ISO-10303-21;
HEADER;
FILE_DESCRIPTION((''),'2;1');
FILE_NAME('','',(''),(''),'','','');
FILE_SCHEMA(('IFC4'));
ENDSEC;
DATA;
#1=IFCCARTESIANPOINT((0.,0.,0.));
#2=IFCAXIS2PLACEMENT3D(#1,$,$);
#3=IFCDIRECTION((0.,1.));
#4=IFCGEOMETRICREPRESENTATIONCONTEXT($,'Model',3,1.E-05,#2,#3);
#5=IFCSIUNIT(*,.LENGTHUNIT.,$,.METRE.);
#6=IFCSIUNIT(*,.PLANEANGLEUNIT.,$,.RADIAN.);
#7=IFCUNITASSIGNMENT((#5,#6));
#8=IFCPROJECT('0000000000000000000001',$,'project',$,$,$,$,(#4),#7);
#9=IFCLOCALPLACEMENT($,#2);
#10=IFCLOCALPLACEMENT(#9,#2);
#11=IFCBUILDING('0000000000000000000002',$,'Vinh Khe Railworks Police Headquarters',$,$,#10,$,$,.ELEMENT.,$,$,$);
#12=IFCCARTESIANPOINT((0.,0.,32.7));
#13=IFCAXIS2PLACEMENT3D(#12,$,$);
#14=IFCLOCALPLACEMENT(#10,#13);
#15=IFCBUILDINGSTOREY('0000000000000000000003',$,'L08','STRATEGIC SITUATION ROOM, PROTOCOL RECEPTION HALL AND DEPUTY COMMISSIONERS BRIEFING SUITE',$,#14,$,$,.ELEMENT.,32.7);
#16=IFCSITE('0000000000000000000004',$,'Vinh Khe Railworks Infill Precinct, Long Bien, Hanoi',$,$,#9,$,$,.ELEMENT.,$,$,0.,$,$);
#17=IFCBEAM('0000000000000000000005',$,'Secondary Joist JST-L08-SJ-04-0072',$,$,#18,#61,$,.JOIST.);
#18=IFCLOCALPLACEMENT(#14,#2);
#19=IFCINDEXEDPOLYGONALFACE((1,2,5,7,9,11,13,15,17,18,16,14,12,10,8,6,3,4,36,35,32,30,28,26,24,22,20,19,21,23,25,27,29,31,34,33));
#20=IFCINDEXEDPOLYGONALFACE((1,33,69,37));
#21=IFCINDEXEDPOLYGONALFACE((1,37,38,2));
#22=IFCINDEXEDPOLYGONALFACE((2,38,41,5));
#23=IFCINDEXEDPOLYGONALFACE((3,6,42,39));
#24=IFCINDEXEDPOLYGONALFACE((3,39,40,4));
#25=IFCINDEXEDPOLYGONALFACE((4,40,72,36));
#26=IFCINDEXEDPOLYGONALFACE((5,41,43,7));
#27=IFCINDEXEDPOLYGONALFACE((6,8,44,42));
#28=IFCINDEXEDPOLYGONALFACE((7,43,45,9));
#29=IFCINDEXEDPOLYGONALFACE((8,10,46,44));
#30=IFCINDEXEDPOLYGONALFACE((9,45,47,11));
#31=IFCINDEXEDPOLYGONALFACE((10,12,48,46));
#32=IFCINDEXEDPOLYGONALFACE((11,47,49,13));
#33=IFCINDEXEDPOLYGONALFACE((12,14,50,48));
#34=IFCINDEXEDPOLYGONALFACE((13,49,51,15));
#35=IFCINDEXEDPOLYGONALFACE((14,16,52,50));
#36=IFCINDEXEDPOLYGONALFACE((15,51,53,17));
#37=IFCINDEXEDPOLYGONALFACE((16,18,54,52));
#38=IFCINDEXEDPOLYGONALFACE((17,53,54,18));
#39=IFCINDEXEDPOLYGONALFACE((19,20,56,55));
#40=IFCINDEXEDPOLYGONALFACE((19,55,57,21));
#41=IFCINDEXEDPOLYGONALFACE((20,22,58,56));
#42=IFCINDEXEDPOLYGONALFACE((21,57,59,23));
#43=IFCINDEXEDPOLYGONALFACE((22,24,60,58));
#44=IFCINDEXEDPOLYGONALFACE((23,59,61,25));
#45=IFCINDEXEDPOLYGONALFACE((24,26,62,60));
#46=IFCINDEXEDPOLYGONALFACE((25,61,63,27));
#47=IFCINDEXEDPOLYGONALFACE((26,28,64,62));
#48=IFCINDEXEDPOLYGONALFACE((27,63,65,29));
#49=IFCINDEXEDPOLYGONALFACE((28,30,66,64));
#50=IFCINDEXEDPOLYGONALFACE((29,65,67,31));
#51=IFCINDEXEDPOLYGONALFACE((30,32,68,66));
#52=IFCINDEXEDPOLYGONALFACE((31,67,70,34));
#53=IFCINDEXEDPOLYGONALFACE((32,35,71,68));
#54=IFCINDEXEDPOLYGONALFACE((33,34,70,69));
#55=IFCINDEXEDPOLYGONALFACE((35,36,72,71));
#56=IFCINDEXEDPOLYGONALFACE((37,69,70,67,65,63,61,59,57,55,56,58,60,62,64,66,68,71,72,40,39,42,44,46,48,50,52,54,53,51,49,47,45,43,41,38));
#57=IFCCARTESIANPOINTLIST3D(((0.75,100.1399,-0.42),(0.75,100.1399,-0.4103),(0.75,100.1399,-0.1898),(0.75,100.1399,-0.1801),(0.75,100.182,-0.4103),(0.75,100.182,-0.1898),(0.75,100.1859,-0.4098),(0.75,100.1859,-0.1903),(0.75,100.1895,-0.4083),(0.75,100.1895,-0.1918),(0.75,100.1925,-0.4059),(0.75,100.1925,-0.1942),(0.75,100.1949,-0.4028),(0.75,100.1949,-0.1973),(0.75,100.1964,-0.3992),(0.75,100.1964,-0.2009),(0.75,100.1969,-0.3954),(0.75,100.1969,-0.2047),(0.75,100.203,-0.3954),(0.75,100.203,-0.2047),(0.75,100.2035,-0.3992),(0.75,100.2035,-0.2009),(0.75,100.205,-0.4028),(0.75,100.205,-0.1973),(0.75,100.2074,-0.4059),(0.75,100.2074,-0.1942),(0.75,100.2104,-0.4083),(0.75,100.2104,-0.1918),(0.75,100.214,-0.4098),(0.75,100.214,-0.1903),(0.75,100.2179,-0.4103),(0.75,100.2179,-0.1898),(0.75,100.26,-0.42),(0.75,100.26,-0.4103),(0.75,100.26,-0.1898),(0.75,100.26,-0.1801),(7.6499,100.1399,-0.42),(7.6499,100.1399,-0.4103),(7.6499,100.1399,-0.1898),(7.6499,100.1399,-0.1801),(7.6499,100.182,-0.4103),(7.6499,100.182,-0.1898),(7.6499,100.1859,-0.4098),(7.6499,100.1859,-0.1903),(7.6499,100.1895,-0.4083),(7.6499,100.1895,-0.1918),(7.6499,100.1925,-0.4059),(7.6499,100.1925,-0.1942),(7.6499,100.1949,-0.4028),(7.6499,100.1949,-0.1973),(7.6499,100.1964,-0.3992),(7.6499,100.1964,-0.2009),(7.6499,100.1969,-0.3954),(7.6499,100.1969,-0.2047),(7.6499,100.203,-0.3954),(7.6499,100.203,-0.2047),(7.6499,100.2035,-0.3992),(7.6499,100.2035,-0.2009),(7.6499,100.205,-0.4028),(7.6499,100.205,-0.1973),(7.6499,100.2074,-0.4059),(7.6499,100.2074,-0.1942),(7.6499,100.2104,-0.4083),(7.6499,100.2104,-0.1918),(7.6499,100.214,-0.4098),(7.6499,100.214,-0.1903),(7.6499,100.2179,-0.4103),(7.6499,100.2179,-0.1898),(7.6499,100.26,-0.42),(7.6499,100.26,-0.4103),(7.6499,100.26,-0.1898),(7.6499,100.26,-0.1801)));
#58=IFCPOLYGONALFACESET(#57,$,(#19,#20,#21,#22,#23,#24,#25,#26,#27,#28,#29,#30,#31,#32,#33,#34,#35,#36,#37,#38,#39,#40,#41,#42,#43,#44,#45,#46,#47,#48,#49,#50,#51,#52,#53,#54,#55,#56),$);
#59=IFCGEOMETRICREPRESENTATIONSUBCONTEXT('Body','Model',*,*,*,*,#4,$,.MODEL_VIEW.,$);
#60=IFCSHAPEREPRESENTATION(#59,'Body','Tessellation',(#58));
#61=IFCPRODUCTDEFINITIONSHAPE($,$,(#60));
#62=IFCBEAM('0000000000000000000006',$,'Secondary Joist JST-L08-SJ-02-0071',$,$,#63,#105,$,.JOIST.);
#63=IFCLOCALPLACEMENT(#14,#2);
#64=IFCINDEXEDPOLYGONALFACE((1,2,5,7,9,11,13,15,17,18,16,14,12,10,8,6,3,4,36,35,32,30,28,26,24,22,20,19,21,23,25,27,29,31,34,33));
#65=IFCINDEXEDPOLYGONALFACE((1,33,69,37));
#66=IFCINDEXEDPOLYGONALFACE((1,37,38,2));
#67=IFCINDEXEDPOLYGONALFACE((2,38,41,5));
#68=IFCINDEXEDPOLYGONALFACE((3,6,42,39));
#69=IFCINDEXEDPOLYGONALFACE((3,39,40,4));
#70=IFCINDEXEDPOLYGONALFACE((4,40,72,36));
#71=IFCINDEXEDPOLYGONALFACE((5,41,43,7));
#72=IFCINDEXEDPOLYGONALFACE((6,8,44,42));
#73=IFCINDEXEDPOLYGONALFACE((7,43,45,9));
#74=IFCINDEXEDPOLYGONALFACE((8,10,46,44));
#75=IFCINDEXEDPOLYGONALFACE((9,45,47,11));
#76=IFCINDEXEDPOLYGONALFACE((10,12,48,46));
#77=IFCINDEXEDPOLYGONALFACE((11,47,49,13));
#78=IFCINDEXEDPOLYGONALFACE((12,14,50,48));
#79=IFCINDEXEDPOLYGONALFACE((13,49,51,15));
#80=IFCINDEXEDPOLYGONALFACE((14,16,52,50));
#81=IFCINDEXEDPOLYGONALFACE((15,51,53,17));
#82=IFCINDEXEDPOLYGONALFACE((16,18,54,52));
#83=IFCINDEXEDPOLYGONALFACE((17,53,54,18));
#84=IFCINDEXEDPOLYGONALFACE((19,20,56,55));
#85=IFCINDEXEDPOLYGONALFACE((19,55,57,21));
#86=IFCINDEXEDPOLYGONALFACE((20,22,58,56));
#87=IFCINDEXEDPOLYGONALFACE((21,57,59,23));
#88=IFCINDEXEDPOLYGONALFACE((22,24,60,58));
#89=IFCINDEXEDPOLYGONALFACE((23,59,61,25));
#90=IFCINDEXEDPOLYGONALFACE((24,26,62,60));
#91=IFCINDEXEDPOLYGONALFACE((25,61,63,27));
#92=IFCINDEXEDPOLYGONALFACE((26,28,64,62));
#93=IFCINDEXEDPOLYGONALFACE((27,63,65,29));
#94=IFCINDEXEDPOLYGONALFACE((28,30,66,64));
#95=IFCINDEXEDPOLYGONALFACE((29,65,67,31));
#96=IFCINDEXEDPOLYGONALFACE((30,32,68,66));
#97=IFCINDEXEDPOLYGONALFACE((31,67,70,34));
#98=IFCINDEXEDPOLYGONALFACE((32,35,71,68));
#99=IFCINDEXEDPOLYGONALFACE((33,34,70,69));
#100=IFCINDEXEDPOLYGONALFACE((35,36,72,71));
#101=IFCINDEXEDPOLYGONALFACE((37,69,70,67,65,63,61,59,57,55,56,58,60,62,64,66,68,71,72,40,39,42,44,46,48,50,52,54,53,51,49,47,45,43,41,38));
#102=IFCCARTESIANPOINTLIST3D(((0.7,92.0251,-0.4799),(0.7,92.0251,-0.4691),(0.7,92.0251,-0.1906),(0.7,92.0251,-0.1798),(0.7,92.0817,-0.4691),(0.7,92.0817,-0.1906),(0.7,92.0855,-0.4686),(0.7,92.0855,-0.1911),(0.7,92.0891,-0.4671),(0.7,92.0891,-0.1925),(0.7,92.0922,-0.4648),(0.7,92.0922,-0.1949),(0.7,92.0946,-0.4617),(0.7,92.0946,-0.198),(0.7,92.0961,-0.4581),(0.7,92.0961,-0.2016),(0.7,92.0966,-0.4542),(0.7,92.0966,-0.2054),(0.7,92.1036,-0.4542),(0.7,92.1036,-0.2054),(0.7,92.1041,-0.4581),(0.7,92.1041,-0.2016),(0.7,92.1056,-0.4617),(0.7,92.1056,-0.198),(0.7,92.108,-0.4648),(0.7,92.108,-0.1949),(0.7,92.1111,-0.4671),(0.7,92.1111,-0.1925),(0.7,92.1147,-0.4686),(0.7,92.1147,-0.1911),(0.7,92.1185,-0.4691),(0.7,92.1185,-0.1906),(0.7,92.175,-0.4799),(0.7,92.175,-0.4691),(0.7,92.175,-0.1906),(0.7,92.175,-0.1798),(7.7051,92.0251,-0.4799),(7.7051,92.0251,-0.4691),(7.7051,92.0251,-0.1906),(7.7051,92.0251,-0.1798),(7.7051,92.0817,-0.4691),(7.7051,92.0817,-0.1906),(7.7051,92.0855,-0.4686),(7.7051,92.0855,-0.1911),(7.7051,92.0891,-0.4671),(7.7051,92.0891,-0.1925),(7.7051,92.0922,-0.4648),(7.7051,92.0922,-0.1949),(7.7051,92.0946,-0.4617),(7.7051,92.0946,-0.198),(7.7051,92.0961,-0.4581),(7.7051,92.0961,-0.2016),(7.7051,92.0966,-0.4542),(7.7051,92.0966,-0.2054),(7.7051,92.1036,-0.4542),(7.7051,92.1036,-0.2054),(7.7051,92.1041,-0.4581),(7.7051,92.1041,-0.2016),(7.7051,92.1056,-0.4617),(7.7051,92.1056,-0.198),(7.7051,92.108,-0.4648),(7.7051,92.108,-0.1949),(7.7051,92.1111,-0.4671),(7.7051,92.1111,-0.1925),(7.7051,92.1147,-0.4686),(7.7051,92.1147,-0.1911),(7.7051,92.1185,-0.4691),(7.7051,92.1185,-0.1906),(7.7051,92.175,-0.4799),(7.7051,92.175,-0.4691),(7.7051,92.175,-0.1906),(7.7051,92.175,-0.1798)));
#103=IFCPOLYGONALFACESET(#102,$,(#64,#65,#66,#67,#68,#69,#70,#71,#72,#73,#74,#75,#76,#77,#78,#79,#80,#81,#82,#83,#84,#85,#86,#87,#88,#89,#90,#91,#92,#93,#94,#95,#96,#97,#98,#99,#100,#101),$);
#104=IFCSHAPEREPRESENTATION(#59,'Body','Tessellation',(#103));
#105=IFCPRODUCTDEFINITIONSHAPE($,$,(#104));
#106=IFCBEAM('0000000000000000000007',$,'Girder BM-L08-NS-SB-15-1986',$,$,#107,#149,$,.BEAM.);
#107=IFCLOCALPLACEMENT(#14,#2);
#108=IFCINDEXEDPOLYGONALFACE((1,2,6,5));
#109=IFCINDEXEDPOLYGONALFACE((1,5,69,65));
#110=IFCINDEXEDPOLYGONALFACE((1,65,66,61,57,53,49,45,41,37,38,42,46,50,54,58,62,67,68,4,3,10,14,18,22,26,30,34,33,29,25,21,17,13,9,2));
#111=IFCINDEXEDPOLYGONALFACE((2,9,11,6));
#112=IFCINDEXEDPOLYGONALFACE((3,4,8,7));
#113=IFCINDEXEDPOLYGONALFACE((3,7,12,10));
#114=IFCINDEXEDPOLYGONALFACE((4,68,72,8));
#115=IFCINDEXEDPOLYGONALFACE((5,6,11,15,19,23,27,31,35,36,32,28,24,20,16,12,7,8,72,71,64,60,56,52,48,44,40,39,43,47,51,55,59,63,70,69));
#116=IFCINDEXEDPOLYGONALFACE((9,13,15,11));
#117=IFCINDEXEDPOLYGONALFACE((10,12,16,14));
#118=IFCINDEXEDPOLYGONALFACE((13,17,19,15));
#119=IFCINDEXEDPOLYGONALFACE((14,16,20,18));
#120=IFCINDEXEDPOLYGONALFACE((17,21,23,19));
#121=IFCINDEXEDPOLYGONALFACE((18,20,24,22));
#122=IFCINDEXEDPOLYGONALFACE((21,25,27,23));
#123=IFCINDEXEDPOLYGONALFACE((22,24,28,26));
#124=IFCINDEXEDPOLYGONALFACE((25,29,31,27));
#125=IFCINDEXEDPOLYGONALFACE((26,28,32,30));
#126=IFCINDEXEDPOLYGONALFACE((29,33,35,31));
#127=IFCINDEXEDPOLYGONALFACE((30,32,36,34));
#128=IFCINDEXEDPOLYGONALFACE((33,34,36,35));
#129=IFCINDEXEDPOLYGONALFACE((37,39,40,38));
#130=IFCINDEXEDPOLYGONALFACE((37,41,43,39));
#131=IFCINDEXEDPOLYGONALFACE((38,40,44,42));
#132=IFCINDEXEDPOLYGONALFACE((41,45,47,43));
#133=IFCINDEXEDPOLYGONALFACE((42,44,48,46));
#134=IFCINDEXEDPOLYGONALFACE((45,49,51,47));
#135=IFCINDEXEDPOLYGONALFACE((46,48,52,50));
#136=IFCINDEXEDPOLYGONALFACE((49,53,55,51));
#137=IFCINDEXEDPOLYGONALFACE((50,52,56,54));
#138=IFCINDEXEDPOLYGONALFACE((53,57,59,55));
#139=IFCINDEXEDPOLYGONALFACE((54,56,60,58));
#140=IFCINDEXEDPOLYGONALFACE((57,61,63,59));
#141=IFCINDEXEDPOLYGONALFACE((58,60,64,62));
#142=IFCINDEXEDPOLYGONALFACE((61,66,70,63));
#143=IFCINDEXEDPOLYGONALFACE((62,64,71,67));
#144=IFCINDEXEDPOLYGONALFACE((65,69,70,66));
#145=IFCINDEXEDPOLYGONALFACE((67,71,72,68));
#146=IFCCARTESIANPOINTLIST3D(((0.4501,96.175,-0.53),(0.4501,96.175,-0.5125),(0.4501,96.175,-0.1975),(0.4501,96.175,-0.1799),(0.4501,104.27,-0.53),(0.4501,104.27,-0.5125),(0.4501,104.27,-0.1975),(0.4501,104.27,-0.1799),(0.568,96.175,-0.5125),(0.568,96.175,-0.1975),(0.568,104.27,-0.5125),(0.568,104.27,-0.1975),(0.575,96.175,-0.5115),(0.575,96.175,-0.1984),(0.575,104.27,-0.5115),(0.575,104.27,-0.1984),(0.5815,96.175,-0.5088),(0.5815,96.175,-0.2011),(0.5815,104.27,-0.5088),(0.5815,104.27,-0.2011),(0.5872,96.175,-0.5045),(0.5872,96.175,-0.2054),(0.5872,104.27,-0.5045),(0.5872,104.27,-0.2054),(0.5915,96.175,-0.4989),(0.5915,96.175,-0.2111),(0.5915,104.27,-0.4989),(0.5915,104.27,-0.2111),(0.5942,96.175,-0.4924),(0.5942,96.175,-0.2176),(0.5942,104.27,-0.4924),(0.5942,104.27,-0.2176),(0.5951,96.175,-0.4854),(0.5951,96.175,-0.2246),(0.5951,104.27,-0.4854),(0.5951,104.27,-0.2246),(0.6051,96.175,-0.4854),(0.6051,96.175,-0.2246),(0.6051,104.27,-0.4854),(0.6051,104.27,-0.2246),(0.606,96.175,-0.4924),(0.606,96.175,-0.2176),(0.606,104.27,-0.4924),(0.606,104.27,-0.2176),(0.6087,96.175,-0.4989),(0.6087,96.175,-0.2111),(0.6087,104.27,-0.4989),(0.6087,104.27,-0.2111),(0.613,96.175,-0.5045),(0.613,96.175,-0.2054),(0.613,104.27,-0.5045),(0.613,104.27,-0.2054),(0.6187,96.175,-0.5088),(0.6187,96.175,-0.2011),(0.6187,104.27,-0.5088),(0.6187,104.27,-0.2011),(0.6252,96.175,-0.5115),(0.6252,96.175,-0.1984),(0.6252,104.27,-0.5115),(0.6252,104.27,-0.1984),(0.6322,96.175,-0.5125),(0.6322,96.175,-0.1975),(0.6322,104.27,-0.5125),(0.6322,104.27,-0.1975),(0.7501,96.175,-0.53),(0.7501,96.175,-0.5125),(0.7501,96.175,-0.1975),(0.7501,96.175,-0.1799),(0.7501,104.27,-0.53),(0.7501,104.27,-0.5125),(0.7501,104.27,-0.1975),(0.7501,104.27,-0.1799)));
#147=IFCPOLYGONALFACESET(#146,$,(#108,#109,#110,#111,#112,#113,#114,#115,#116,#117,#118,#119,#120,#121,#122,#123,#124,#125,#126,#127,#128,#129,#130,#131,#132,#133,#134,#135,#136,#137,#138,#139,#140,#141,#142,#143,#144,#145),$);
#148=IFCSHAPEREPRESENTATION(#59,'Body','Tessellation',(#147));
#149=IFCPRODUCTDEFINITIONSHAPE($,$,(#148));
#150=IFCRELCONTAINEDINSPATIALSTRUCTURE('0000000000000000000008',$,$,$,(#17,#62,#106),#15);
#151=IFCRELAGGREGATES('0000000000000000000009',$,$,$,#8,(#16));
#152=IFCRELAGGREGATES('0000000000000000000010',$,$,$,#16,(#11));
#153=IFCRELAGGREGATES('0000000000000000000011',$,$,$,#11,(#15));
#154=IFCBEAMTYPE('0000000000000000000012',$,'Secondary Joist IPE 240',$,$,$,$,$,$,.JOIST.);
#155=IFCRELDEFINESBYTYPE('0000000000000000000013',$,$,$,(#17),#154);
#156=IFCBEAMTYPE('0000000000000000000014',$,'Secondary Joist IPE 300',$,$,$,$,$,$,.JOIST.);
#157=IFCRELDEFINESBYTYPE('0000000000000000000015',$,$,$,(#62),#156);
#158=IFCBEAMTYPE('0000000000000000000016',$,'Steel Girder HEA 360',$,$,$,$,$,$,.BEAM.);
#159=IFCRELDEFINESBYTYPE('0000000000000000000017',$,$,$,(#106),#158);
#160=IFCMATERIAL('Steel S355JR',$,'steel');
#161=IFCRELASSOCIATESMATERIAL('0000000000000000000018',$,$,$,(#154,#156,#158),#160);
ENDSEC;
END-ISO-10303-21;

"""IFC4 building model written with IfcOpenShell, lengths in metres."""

from ifc_helpers import new_model, si_unit, direction, frame, origin, origin_2d, place, context, subcontext, project, spatial, i_section, extrude, material, material_profile, profile_set, type_object, element, save


model = new_model("IFC4")

# Units and contexts
model_context = context("Model", 3, precision=1e-05, world=origin(), true_north=direction((0.0, 1.0)))
body_context = subcontext(model_context, "Body", "Model", "MODEL_VIEW")
ifc_project = project(units=[si_unit("LENGTHUNIT", "METRE"), si_unit("PLANEANGLEUNIT", "RADIAN")], contexts=[model_context])

# Site, building, storey
site_placement = place(None, origin())
site = spatial("IfcSite", under=ifc_project, at=site_placement, Name="Vinh Khe Railworks Infill Precinct, Long Bien, Hanoi", CompositionType="ELEMENT", RefElevation=0.0)
building_placement = place(site_placement, origin())
building = spatial("IfcBuilding", under=site, at=building_placement, Name="Vinh Khe Railworks Police Headquarters", CompositionType="ELEMENT")
storey_placement = place(building_placement, frame((0.0, 0.0, 32.7)))
storey = spatial("IfcBuildingStorey", under=building, at=storey_placement, Name="L08", Description="STRATEGIC SITUATION ROOM, PROTOCOL RECEPTION HALL AND DEPUTY COMMISSIONERS BRIEFING SUITE", CompositionType="ELEMENT", Elevation=32.7)

# Shared definitions
ifc_material_1 = material(Name="Steel S355JR", Category="steel")

# Beams
ifc_material_profile_1 = material_profile(ifc_material_1, i_section(OverallWidth=0.1201, OverallDepth=0.24, WebThickness=0.0061, FlangeThickness=0.0098, FilletRadius=0.0149, at=origin_2d()), Name="IPE 240")
ifc_profile_set_1 = profile_set([ifc_material_profile_1], Name="Steel S355JR")
beam_type_1 = type_object("IfcBeamType", Name="Secondary Joist IPE 240", PredefinedType="JOIST", material=ifc_profile_set_1)
beam_1_placement = place(storey_placement, frame((0.75, 100.2, -0.3), z_axis=(1.0, 0.0, 0.0), x_axis=(0.0, 1.0, 0.0)))
element("IfcBeam", 1, at=beam_1_placement, inside=storey, type_object=beam_type_1, Name="Secondary Joist JST-L08-SJ-04-0072", PredefinedType="JOIST", context=body_context, shape_type="SweptSolid", body=[
    extrude(i_section(OverallWidth=0.1201, OverallDepth=0.24, WebThickness=0.0061, FlangeThickness=0.0098, FilletRadius=0.0149, at=origin_2d()), origin(), (0.0, 0.0, 1.0), 6.8999),
])
ifc_material_profile_2 = material_profile(ifc_material_1, i_section(OverallWidth=0.1499, OverallDepth=0.3, WebThickness=0.0071, FlangeThickness=0.0107, FilletRadius=0.0149, at=origin_2d()), Name="IPE 300")
ifc_profile_set_2 = profile_set([ifc_material_profile_2], Name="Steel S355JR")
beam_type_2 = type_object("IfcBeamType", Name="Secondary Joist IPE 300", PredefinedType="JOIST", material=ifc_profile_set_2)
beam_2_placement = place(storey_placement, frame((0.7, 92.1001, -0.3298), z_axis=(1.0, 0.0, 0.0), x_axis=(0.0, 1.0, 0.0)))
element("IfcBeam", 2, at=beam_2_placement, inside=storey, type_object=beam_type_2, Name="Secondary Joist JST-L08-SJ-02-0071", PredefinedType="JOIST", context=body_context, shape_type="SweptSolid", body=[
    extrude(i_section(OverallWidth=0.1499, OverallDepth=0.3, WebThickness=0.0071, FlangeThickness=0.0107, FilletRadius=0.0149, at=origin_2d()), origin(), (0.0, 0.0, 1.0), 7.0051),
])
ifc_material_profile_3 = material_profile(ifc_material_1, i_section(OverallWidth=0.3, OverallDepth=0.3501, WebThickness=0.01, FlangeThickness=0.0176, FilletRadius=0.0271, at=origin_2d()), Name="HEA 360")
ifc_profile_set_3 = profile_set([ifc_material_profile_3], Name="Steel S355JR")
beam_type_3 = type_object("IfcBeamType", Name="Steel Girder HEA 360", PredefinedType="BEAM", material=ifc_profile_set_3)
beam_3_placement = place(storey_placement, frame((0.6001, 96.175, -0.355), z_axis=(0.0, 1.0, 0.0), x_axis=(-1.0, 0.0, 0.0)))
element("IfcBeam", 3, at=beam_3_placement, inside=storey, type_object=beam_type_3, Name="Girder BM-L08-NS-SB-15-1986", PredefinedType="BEAM", context=body_context, shape_type="SweptSolid", body=[
    extrude(i_section(OverallWidth=0.3, OverallDepth=0.3501, WebThickness=0.01, FlangeThickness=0.0176, FilletRadius=0.0271, at=origin_2d()), origin(), (0.0, 0.0, 1.0), 8.095),
])

save(model, "model.ifc")
